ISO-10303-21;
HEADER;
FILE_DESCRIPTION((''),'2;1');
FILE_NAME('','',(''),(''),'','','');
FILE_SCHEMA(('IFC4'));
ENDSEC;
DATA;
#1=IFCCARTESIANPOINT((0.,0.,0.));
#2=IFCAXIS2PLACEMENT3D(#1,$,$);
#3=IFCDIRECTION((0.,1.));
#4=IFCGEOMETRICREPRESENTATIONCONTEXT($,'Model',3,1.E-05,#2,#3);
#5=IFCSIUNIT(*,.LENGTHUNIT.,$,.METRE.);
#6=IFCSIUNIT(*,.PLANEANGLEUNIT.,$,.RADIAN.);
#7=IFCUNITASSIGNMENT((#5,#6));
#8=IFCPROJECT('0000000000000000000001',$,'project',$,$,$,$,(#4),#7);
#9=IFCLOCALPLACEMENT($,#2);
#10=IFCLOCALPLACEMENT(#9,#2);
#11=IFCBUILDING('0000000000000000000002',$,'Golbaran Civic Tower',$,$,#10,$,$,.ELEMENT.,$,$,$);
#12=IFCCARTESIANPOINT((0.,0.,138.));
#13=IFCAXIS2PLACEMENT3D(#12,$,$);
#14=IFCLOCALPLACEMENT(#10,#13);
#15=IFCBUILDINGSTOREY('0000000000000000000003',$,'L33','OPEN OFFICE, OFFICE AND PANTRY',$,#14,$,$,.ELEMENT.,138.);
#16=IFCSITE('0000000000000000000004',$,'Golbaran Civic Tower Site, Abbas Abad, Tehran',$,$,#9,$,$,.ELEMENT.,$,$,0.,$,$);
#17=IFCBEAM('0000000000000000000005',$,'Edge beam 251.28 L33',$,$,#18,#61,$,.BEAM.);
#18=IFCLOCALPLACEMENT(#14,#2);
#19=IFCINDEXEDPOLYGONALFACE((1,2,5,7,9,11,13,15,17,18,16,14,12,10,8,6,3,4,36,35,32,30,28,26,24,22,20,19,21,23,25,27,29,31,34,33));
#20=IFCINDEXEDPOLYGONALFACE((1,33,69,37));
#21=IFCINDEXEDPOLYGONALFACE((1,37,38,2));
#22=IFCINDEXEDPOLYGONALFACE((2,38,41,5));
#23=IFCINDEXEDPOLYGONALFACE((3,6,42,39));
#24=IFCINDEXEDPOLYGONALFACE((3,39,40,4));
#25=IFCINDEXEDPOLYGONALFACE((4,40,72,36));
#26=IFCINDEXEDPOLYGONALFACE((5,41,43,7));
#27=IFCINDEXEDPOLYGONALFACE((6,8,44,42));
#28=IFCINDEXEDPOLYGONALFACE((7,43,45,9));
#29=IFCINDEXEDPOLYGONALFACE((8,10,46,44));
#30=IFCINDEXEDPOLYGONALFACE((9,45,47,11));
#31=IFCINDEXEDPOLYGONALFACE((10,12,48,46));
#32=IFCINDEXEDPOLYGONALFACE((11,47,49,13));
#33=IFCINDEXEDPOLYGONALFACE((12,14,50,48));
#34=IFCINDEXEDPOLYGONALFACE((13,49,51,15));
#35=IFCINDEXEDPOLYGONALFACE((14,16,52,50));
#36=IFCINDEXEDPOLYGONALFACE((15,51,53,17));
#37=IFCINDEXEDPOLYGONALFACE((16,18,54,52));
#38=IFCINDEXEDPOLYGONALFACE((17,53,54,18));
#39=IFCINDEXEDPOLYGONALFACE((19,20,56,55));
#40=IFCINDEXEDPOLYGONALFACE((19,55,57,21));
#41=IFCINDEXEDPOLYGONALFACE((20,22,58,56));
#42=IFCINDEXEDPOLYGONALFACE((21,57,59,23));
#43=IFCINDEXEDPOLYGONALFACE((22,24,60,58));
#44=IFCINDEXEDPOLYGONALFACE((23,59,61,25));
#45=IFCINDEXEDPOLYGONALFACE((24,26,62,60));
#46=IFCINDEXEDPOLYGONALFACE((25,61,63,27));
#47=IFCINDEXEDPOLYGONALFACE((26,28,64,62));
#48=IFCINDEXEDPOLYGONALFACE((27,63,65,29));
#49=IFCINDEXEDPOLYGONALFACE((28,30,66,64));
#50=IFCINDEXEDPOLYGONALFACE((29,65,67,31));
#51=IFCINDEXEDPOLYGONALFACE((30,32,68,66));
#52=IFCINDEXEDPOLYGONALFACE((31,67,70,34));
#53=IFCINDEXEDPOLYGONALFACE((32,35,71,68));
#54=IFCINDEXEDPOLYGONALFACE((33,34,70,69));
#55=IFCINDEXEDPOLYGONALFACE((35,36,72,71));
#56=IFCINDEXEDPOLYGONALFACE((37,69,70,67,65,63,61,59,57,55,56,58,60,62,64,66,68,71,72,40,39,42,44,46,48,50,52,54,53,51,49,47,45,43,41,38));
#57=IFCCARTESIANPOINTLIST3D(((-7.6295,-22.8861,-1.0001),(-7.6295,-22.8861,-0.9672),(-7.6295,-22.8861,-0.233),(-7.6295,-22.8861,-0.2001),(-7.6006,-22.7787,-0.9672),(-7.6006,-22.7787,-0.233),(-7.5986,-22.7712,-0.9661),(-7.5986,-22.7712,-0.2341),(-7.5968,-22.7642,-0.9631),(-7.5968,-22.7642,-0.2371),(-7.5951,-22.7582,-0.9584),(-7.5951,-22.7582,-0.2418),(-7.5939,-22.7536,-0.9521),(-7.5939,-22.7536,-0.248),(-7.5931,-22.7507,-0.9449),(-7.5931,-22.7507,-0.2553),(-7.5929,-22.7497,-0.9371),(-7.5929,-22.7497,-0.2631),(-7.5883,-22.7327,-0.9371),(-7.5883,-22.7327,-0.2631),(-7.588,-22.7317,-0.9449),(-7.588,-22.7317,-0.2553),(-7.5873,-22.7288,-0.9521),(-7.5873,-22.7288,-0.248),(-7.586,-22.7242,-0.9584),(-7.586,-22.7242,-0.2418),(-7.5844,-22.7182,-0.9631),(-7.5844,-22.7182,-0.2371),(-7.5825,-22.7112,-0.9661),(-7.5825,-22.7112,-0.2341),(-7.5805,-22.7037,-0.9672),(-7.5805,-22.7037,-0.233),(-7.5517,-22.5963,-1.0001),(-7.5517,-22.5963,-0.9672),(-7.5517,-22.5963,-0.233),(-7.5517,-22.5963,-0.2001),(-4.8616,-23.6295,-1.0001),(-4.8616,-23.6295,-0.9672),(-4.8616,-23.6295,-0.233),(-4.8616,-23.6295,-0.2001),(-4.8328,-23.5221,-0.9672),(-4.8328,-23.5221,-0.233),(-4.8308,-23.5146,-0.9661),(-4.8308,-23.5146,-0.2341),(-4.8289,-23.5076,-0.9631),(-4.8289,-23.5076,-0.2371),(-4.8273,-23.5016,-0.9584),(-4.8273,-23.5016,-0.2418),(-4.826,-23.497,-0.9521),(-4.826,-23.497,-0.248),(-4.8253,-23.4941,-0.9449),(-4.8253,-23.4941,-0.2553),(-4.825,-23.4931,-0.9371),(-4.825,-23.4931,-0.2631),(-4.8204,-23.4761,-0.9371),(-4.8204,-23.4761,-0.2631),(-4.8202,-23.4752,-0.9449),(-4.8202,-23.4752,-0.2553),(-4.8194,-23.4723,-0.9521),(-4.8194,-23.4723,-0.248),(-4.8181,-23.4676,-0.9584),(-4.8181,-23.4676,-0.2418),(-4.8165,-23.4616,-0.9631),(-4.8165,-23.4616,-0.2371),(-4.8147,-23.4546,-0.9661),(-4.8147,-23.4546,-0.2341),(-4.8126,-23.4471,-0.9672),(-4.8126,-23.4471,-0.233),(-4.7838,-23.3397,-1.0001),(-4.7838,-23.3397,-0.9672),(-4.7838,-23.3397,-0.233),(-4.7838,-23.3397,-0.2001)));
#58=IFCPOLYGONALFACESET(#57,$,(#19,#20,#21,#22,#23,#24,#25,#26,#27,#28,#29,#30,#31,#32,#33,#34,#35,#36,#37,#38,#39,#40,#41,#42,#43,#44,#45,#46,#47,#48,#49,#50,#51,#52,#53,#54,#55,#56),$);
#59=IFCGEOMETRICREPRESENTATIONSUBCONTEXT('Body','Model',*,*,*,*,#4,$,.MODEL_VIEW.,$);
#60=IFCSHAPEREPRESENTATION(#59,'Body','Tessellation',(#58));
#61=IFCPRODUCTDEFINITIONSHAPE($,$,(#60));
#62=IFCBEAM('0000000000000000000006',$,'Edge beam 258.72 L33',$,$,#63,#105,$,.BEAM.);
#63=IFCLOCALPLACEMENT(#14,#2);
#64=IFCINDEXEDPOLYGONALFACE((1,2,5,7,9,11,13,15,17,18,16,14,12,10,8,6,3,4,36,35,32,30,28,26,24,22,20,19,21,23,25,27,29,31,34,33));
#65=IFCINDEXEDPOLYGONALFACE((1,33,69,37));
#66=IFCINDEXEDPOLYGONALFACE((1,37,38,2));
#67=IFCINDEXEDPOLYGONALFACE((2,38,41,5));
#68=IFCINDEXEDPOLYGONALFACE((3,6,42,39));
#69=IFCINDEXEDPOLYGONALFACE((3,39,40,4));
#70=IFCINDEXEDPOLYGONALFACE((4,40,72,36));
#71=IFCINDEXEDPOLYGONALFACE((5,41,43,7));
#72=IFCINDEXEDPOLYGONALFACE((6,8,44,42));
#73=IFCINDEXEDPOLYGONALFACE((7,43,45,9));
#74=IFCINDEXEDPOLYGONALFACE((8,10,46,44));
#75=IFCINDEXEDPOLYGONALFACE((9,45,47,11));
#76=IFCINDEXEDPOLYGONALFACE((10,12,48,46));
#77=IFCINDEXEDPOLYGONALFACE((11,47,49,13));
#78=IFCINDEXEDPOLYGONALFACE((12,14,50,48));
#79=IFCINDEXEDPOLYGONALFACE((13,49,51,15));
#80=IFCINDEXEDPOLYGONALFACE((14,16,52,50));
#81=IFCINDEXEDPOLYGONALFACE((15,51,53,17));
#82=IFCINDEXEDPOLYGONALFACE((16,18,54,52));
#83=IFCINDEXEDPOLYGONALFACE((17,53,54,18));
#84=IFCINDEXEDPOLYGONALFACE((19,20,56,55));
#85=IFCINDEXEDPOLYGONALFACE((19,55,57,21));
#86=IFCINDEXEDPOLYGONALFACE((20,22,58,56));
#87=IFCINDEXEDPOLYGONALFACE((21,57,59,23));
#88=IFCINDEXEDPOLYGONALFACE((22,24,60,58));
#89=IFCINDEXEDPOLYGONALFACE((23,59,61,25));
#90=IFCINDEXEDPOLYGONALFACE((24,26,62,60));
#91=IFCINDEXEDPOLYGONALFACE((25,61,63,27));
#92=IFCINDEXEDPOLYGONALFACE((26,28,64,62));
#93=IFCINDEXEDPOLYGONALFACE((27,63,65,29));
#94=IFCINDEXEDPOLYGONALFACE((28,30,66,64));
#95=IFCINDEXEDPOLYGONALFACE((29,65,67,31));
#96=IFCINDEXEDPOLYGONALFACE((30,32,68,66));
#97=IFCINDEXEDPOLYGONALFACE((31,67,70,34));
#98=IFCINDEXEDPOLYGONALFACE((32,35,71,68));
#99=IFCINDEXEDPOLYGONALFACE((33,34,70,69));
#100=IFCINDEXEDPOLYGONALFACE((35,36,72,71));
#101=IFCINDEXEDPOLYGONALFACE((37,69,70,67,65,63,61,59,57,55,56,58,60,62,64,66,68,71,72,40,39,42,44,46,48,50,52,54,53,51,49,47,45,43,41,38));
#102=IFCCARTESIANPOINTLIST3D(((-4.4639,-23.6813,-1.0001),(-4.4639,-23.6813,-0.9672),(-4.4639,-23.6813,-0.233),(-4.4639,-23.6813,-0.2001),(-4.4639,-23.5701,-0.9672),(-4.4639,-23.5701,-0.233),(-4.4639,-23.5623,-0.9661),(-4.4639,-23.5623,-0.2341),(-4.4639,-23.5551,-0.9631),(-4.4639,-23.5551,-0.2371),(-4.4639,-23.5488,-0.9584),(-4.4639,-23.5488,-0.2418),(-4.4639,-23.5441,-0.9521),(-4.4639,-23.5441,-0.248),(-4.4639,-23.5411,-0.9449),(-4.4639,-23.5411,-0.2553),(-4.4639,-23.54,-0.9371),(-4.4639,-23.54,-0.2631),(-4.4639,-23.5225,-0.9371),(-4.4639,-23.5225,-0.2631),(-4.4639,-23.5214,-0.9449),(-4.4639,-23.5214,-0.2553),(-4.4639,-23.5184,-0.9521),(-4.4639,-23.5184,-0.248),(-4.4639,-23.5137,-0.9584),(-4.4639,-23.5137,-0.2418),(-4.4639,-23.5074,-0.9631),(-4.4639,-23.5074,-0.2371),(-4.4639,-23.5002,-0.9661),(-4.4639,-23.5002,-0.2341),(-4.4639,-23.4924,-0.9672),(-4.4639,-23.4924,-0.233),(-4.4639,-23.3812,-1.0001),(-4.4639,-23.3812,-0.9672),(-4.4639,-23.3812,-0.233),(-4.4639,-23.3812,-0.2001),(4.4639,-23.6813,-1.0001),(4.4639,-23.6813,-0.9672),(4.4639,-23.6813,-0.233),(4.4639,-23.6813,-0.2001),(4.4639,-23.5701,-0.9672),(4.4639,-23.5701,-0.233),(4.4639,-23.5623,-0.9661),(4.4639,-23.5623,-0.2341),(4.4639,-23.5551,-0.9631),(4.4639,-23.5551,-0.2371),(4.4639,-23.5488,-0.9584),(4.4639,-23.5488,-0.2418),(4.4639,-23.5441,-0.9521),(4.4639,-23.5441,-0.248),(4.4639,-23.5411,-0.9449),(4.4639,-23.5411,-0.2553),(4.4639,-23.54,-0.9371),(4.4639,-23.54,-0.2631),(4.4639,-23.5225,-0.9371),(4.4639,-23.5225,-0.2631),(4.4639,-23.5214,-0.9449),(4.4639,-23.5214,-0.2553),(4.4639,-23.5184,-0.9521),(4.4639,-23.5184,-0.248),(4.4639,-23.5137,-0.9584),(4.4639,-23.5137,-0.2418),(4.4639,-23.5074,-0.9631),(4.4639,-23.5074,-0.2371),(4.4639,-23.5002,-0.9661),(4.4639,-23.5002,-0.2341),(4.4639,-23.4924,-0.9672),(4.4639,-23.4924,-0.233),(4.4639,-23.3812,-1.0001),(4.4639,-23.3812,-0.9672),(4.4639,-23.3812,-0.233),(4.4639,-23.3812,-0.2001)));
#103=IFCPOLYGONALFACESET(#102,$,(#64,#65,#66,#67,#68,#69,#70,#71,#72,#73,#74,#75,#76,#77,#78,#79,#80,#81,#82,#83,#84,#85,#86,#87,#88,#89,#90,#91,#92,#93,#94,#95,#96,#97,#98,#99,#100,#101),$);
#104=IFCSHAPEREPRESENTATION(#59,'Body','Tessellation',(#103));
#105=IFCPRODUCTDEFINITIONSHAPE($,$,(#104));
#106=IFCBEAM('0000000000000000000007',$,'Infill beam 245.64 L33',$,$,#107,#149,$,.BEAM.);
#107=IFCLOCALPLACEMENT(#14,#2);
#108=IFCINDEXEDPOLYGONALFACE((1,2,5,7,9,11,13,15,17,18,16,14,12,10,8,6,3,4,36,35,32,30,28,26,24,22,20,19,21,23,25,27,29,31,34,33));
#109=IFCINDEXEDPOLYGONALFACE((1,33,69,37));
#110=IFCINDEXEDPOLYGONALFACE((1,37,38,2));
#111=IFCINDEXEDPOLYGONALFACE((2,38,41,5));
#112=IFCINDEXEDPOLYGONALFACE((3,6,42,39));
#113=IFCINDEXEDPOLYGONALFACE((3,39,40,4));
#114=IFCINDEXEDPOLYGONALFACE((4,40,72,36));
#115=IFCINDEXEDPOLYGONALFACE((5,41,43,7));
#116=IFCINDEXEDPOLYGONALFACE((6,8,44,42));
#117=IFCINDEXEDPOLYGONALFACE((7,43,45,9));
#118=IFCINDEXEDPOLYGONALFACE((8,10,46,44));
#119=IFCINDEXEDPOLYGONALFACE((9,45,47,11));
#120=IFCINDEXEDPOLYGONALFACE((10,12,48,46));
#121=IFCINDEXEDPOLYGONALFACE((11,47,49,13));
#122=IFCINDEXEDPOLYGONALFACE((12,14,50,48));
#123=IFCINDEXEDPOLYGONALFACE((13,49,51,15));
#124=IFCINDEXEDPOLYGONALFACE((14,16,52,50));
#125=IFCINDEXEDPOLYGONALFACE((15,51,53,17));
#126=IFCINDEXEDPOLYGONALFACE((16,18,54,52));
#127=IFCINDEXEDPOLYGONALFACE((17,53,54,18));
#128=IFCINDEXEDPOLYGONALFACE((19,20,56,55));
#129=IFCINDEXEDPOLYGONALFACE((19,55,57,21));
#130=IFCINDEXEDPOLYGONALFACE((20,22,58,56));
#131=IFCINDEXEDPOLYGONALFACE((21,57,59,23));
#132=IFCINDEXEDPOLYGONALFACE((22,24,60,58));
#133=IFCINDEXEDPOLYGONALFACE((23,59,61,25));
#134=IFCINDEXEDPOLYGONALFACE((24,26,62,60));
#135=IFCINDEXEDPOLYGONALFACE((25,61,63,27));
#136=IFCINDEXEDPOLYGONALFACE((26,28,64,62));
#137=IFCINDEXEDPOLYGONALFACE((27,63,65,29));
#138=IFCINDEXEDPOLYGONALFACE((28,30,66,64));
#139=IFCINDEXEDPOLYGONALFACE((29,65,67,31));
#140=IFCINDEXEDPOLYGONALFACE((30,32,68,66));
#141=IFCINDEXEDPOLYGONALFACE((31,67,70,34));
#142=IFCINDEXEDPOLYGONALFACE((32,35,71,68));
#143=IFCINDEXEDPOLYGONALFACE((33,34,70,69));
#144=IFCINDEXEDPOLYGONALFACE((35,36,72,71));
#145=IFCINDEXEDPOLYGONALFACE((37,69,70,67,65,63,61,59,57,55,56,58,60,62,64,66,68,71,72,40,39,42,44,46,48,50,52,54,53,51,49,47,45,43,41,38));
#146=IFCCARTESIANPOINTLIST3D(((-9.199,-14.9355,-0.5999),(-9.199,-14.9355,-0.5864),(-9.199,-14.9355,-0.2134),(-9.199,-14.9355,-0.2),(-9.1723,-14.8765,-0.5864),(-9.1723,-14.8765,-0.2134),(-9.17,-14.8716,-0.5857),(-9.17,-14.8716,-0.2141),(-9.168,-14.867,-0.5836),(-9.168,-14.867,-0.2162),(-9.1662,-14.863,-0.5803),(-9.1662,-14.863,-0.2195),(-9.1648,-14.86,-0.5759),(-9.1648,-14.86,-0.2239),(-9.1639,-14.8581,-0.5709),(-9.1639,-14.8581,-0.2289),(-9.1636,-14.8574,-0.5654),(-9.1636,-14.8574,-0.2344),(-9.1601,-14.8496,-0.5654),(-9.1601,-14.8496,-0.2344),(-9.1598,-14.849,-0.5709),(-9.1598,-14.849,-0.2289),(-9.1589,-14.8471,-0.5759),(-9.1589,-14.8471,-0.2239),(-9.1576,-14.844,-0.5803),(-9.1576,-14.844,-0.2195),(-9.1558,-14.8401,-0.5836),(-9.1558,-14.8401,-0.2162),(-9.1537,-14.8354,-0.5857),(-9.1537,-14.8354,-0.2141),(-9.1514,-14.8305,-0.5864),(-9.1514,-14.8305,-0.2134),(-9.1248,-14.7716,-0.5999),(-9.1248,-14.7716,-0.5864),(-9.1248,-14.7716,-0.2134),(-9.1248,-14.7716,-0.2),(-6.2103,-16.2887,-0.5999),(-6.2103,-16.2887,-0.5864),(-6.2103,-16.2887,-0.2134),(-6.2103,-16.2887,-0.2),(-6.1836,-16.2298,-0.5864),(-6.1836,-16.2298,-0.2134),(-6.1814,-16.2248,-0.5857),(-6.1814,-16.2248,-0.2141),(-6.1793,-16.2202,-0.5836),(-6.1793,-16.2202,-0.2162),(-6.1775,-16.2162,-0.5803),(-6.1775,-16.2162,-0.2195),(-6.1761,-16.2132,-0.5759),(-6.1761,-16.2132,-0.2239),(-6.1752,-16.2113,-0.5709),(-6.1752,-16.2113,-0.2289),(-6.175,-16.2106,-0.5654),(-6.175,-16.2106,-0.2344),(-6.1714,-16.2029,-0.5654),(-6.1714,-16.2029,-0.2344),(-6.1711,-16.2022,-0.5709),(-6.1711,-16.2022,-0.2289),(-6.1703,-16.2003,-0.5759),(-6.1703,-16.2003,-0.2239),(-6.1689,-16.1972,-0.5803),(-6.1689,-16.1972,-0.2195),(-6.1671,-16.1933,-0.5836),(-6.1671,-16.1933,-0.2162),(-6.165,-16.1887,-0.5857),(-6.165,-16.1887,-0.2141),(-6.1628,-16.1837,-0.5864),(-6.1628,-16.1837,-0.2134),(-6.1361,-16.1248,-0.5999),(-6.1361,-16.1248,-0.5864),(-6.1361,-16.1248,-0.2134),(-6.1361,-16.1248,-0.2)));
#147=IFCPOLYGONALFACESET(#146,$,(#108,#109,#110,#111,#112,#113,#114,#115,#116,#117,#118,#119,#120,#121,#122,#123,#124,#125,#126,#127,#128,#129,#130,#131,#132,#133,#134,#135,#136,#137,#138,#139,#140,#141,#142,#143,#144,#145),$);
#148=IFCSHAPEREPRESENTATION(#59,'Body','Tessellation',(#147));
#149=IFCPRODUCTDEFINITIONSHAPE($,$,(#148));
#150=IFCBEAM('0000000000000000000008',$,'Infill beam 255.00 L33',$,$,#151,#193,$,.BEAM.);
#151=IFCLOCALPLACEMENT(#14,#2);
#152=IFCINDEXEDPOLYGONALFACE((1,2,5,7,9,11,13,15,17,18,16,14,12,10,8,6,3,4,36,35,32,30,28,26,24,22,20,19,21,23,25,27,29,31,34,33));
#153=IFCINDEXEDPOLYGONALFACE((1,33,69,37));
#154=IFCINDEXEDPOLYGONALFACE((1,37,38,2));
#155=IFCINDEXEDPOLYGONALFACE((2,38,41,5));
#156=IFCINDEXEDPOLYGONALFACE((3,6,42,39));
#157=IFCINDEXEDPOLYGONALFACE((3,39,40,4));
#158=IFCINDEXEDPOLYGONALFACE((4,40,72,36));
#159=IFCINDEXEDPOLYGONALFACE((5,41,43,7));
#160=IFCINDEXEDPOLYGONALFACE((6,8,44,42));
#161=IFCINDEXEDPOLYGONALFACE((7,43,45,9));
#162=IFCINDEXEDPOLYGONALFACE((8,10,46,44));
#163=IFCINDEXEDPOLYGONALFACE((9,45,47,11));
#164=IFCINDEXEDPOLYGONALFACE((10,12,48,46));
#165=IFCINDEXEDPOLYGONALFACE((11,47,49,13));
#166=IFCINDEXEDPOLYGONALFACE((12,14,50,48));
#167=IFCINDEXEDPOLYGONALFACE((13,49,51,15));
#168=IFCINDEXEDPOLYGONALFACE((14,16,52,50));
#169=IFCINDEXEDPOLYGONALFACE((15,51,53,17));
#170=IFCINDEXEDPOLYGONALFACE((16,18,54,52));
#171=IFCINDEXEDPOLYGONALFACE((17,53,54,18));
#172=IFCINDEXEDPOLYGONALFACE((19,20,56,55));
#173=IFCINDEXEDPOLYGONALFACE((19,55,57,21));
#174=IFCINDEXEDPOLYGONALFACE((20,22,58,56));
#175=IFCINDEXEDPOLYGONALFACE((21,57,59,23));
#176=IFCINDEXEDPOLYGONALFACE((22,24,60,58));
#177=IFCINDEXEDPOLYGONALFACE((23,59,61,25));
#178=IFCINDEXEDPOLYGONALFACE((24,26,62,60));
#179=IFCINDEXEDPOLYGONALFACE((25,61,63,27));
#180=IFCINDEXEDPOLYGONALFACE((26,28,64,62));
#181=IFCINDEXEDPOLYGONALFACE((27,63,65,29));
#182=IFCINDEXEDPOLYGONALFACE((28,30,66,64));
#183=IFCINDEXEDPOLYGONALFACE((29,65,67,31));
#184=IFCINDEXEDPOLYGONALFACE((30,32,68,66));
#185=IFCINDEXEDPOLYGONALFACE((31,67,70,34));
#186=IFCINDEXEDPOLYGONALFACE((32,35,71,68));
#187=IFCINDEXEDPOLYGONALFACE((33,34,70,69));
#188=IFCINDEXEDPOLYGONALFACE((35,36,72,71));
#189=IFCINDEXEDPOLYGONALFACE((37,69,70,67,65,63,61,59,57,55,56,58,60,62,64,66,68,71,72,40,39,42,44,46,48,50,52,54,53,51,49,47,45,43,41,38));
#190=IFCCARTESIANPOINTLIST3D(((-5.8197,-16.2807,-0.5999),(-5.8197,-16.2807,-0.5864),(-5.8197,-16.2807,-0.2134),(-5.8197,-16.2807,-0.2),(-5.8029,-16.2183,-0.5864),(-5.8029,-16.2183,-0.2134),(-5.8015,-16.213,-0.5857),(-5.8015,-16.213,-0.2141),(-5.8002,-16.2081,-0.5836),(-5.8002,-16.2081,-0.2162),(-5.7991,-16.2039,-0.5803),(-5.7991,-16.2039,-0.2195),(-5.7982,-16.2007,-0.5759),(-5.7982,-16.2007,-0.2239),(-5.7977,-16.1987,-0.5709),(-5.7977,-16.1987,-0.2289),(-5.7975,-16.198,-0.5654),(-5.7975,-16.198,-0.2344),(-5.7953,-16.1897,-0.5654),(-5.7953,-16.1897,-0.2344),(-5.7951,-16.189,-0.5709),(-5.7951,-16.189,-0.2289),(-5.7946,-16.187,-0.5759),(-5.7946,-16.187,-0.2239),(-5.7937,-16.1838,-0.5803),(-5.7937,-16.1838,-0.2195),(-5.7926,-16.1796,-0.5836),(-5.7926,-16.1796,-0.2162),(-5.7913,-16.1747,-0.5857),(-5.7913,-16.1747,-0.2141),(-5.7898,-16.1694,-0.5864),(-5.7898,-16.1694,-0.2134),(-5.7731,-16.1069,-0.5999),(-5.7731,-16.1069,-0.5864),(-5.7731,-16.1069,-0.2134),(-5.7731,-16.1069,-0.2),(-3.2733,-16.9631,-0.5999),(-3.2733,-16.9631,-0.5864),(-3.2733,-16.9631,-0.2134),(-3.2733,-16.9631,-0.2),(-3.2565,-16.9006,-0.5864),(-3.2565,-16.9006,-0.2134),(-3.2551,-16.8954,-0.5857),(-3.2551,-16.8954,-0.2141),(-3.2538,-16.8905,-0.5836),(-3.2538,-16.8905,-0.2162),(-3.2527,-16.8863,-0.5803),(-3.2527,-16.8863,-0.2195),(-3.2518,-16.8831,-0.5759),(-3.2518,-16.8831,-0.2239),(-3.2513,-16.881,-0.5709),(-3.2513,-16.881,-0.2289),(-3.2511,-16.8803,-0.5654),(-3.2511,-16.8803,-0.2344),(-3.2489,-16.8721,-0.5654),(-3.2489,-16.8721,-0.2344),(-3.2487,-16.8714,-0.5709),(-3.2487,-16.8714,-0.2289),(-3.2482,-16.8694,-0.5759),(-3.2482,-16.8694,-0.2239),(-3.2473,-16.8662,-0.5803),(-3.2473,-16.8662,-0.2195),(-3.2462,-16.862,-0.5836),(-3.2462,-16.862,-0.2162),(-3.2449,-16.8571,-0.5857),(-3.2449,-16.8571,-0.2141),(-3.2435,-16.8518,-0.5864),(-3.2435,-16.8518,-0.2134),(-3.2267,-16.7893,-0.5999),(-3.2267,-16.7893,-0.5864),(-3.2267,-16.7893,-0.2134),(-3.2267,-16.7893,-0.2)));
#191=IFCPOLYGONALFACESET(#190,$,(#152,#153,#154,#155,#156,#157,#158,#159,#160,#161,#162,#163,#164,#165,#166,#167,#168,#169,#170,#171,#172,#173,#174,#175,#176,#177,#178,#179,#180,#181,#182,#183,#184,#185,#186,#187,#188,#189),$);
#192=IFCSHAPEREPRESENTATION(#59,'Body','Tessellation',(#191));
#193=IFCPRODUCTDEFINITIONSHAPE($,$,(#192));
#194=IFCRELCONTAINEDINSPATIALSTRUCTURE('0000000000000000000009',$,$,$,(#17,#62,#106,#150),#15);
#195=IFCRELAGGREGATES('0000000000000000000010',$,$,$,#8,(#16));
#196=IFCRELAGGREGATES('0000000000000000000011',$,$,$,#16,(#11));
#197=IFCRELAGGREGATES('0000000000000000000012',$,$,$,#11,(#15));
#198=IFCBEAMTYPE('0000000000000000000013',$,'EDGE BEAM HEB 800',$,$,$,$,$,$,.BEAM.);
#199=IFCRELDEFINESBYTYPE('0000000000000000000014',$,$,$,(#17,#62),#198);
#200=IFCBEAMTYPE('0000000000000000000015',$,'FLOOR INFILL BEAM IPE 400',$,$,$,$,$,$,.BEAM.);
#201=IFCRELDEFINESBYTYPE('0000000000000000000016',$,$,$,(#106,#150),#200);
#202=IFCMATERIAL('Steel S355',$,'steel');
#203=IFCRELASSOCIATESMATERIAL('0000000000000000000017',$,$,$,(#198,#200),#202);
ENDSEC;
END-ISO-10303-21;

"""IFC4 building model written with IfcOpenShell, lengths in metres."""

from ifc_helpers import new_model, si_unit, direction, frame, origin, origin_2d, place, context, subcontext, project, spatial, i_section, extrude, material, material_profile, profile_set, type_object, element, save


model = new_model("IFC4")

# Units and contexts
model_context = context("Model", 3, precision=1e-05, world=origin(), true_north=direction((0.0, 1.0)))
body_context = subcontext(model_context, "Body", "Model", "MODEL_VIEW")
ifc_project = project(units=[si_unit("LENGTHUNIT", "METRE"), si_unit("PLANEANGLEUNIT", "RADIAN")], contexts=[model_context])

# Site, building, storey
site_placement = place(None, origin())
site = spatial("IfcSite", under=ifc_project, at=site_placement, Name="Golbaran Civic Tower Site, Abbas Abad, Tehran", CompositionType="ELEMENT", RefElevation=0.0)
building_placement = place(site_placement, origin())
building = spatial("IfcBuilding", under=site, at=building_placement, Name="Golbaran Civic Tower", CompositionType="ELEMENT")
storey_placement = place(building_placement, frame((0.0, 0.0, 138.0)))
storey = spatial("IfcBuildingStorey", under=building, at=storey_placement, Name="L33", Description="OPEN OFFICE, OFFICE AND PANTRY", CompositionType="ELEMENT", Elevation=138.0)

# Beams
ifc_material_1 = material(Name="Steel S355", Category="steel")
ifc_material_profile_1 = material_profile(ifc_material_1, i_section(OverallWidth=0.3, OverallDepth=0.8, WebThickness=0.0176, FlangeThickness=0.033, FilletRadius=0.03, at=origin_2d()), Name="HEB 800")
ifc_profile_set_1 = profile_set([ifc_material_profile_1], Name="Steel S355")
beam_type_1 = type_object("IfcBeamType", Name="EDGE BEAM HEB 800", PredefinedType="BEAM", material=ifc_profile_set_1)
beam_1_placement = place(storey_placement, frame((-7.5906, -22.7412, -0.6001), z_axis=(0.965771, -0.259396, 0.0), x_axis=(0.259396, 0.965771, 0.0)))
element("IfcBeam", 1, at=beam_1_placement, inside=storey, type_object=beam_type_1, Name="Edge beam 251.28 L33", PredefinedType="BEAM", context=body_context, shape_type="SweptSolid", body=[
    extrude(i_section(OverallWidth=0.3, OverallDepth=0.8, WebThickness=0.0176, FlangeThickness=0.033, FilletRadius=0.03, at=origin_2d()), origin(), (0.0, 0.0, 1.0), 2.866),
])
beam_2_placement = place(storey_placement, frame((-4.4639, -23.5312, -0.6001), z_axis=(1.0, 0.0, 0.0), x_axis=(0.0, 1.0, 0.0)))
element("IfcBeam", 2, at=beam_2_placement, inside=storey, type_object=beam_type_1, Name="Edge beam 258.72 L33", PredefinedType="BEAM", context=body_context, shape_type="SweptSolid", body=[
    extrude(i_section(OverallWidth=0.3, OverallDepth=0.8, WebThickness=0.0176, FlangeThickness=0.033, FilletRadius=0.03, at=origin_2d()), origin(), (0.0, 0.0, 1.0), 8.9277),
])
ifc_material_profile_2 = material_profile(ifc_material_1, i_section(OverallWidth=0.1799, OverallDepth=0.3999, WebThickness=0.0085, FlangeThickness=0.0134, FilletRadius=0.021, at=origin_2d()), Name="IPE 400")
ifc_profile_set_2 = profile_set([ifc_material_profile_2], Name="Steel S355")
beam_type_2 = type_object("IfcBeamType", Name="FLOOR INFILL BEAM IPE 400", PredefinedType="BEAM", material=ifc_profile_set_2)
beam_3_placement = place(storey_placement, frame((-9.1619, -14.8535, -0.3999), z_axis=(0.910969, -0.412474, 0.0), x_axis=(0.412474, 0.910969, 0.0)))
element("IfcBeam", 3, at=beam_3_placement, inside=storey, type_object=beam_type_2, Name="Infill beam 245.64 L33", PredefinedType="BEAM", context=body_context, shape_type="SweptSolid", body=[
    extrude(i_section(OverallWidth=0.1799, OverallDepth=0.3999, WebThickness=0.0085, FlangeThickness=0.0134, FilletRadius=0.021, at=origin_2d()), origin(), (0.0, 0.0, 1.0), 3.2808),
])
beam_4_placement = place(storey_placement, frame((-5.7964, -16.1938, -0.3999), z_axis=(0.965919, -0.258844, 0.0), x_axis=(0.258844, 0.965919, 0.0)))
element("IfcBeam", 4, at=beam_4_placement, inside=storey, type_object=beam_type_2, Name="Infill beam 255.00 L33", PredefinedType="BEAM", context=body_context, shape_type="SweptSolid", body=[
    extrude(i_section(OverallWidth=0.1799, OverallDepth=0.3999, WebThickness=0.0085, FlangeThickness=0.0134, FilletRadius=0.021, at=origin_2d()), origin(), (0.0, 0.0, 1.0), 2.6362),
])

save(model, "model.ifc")
